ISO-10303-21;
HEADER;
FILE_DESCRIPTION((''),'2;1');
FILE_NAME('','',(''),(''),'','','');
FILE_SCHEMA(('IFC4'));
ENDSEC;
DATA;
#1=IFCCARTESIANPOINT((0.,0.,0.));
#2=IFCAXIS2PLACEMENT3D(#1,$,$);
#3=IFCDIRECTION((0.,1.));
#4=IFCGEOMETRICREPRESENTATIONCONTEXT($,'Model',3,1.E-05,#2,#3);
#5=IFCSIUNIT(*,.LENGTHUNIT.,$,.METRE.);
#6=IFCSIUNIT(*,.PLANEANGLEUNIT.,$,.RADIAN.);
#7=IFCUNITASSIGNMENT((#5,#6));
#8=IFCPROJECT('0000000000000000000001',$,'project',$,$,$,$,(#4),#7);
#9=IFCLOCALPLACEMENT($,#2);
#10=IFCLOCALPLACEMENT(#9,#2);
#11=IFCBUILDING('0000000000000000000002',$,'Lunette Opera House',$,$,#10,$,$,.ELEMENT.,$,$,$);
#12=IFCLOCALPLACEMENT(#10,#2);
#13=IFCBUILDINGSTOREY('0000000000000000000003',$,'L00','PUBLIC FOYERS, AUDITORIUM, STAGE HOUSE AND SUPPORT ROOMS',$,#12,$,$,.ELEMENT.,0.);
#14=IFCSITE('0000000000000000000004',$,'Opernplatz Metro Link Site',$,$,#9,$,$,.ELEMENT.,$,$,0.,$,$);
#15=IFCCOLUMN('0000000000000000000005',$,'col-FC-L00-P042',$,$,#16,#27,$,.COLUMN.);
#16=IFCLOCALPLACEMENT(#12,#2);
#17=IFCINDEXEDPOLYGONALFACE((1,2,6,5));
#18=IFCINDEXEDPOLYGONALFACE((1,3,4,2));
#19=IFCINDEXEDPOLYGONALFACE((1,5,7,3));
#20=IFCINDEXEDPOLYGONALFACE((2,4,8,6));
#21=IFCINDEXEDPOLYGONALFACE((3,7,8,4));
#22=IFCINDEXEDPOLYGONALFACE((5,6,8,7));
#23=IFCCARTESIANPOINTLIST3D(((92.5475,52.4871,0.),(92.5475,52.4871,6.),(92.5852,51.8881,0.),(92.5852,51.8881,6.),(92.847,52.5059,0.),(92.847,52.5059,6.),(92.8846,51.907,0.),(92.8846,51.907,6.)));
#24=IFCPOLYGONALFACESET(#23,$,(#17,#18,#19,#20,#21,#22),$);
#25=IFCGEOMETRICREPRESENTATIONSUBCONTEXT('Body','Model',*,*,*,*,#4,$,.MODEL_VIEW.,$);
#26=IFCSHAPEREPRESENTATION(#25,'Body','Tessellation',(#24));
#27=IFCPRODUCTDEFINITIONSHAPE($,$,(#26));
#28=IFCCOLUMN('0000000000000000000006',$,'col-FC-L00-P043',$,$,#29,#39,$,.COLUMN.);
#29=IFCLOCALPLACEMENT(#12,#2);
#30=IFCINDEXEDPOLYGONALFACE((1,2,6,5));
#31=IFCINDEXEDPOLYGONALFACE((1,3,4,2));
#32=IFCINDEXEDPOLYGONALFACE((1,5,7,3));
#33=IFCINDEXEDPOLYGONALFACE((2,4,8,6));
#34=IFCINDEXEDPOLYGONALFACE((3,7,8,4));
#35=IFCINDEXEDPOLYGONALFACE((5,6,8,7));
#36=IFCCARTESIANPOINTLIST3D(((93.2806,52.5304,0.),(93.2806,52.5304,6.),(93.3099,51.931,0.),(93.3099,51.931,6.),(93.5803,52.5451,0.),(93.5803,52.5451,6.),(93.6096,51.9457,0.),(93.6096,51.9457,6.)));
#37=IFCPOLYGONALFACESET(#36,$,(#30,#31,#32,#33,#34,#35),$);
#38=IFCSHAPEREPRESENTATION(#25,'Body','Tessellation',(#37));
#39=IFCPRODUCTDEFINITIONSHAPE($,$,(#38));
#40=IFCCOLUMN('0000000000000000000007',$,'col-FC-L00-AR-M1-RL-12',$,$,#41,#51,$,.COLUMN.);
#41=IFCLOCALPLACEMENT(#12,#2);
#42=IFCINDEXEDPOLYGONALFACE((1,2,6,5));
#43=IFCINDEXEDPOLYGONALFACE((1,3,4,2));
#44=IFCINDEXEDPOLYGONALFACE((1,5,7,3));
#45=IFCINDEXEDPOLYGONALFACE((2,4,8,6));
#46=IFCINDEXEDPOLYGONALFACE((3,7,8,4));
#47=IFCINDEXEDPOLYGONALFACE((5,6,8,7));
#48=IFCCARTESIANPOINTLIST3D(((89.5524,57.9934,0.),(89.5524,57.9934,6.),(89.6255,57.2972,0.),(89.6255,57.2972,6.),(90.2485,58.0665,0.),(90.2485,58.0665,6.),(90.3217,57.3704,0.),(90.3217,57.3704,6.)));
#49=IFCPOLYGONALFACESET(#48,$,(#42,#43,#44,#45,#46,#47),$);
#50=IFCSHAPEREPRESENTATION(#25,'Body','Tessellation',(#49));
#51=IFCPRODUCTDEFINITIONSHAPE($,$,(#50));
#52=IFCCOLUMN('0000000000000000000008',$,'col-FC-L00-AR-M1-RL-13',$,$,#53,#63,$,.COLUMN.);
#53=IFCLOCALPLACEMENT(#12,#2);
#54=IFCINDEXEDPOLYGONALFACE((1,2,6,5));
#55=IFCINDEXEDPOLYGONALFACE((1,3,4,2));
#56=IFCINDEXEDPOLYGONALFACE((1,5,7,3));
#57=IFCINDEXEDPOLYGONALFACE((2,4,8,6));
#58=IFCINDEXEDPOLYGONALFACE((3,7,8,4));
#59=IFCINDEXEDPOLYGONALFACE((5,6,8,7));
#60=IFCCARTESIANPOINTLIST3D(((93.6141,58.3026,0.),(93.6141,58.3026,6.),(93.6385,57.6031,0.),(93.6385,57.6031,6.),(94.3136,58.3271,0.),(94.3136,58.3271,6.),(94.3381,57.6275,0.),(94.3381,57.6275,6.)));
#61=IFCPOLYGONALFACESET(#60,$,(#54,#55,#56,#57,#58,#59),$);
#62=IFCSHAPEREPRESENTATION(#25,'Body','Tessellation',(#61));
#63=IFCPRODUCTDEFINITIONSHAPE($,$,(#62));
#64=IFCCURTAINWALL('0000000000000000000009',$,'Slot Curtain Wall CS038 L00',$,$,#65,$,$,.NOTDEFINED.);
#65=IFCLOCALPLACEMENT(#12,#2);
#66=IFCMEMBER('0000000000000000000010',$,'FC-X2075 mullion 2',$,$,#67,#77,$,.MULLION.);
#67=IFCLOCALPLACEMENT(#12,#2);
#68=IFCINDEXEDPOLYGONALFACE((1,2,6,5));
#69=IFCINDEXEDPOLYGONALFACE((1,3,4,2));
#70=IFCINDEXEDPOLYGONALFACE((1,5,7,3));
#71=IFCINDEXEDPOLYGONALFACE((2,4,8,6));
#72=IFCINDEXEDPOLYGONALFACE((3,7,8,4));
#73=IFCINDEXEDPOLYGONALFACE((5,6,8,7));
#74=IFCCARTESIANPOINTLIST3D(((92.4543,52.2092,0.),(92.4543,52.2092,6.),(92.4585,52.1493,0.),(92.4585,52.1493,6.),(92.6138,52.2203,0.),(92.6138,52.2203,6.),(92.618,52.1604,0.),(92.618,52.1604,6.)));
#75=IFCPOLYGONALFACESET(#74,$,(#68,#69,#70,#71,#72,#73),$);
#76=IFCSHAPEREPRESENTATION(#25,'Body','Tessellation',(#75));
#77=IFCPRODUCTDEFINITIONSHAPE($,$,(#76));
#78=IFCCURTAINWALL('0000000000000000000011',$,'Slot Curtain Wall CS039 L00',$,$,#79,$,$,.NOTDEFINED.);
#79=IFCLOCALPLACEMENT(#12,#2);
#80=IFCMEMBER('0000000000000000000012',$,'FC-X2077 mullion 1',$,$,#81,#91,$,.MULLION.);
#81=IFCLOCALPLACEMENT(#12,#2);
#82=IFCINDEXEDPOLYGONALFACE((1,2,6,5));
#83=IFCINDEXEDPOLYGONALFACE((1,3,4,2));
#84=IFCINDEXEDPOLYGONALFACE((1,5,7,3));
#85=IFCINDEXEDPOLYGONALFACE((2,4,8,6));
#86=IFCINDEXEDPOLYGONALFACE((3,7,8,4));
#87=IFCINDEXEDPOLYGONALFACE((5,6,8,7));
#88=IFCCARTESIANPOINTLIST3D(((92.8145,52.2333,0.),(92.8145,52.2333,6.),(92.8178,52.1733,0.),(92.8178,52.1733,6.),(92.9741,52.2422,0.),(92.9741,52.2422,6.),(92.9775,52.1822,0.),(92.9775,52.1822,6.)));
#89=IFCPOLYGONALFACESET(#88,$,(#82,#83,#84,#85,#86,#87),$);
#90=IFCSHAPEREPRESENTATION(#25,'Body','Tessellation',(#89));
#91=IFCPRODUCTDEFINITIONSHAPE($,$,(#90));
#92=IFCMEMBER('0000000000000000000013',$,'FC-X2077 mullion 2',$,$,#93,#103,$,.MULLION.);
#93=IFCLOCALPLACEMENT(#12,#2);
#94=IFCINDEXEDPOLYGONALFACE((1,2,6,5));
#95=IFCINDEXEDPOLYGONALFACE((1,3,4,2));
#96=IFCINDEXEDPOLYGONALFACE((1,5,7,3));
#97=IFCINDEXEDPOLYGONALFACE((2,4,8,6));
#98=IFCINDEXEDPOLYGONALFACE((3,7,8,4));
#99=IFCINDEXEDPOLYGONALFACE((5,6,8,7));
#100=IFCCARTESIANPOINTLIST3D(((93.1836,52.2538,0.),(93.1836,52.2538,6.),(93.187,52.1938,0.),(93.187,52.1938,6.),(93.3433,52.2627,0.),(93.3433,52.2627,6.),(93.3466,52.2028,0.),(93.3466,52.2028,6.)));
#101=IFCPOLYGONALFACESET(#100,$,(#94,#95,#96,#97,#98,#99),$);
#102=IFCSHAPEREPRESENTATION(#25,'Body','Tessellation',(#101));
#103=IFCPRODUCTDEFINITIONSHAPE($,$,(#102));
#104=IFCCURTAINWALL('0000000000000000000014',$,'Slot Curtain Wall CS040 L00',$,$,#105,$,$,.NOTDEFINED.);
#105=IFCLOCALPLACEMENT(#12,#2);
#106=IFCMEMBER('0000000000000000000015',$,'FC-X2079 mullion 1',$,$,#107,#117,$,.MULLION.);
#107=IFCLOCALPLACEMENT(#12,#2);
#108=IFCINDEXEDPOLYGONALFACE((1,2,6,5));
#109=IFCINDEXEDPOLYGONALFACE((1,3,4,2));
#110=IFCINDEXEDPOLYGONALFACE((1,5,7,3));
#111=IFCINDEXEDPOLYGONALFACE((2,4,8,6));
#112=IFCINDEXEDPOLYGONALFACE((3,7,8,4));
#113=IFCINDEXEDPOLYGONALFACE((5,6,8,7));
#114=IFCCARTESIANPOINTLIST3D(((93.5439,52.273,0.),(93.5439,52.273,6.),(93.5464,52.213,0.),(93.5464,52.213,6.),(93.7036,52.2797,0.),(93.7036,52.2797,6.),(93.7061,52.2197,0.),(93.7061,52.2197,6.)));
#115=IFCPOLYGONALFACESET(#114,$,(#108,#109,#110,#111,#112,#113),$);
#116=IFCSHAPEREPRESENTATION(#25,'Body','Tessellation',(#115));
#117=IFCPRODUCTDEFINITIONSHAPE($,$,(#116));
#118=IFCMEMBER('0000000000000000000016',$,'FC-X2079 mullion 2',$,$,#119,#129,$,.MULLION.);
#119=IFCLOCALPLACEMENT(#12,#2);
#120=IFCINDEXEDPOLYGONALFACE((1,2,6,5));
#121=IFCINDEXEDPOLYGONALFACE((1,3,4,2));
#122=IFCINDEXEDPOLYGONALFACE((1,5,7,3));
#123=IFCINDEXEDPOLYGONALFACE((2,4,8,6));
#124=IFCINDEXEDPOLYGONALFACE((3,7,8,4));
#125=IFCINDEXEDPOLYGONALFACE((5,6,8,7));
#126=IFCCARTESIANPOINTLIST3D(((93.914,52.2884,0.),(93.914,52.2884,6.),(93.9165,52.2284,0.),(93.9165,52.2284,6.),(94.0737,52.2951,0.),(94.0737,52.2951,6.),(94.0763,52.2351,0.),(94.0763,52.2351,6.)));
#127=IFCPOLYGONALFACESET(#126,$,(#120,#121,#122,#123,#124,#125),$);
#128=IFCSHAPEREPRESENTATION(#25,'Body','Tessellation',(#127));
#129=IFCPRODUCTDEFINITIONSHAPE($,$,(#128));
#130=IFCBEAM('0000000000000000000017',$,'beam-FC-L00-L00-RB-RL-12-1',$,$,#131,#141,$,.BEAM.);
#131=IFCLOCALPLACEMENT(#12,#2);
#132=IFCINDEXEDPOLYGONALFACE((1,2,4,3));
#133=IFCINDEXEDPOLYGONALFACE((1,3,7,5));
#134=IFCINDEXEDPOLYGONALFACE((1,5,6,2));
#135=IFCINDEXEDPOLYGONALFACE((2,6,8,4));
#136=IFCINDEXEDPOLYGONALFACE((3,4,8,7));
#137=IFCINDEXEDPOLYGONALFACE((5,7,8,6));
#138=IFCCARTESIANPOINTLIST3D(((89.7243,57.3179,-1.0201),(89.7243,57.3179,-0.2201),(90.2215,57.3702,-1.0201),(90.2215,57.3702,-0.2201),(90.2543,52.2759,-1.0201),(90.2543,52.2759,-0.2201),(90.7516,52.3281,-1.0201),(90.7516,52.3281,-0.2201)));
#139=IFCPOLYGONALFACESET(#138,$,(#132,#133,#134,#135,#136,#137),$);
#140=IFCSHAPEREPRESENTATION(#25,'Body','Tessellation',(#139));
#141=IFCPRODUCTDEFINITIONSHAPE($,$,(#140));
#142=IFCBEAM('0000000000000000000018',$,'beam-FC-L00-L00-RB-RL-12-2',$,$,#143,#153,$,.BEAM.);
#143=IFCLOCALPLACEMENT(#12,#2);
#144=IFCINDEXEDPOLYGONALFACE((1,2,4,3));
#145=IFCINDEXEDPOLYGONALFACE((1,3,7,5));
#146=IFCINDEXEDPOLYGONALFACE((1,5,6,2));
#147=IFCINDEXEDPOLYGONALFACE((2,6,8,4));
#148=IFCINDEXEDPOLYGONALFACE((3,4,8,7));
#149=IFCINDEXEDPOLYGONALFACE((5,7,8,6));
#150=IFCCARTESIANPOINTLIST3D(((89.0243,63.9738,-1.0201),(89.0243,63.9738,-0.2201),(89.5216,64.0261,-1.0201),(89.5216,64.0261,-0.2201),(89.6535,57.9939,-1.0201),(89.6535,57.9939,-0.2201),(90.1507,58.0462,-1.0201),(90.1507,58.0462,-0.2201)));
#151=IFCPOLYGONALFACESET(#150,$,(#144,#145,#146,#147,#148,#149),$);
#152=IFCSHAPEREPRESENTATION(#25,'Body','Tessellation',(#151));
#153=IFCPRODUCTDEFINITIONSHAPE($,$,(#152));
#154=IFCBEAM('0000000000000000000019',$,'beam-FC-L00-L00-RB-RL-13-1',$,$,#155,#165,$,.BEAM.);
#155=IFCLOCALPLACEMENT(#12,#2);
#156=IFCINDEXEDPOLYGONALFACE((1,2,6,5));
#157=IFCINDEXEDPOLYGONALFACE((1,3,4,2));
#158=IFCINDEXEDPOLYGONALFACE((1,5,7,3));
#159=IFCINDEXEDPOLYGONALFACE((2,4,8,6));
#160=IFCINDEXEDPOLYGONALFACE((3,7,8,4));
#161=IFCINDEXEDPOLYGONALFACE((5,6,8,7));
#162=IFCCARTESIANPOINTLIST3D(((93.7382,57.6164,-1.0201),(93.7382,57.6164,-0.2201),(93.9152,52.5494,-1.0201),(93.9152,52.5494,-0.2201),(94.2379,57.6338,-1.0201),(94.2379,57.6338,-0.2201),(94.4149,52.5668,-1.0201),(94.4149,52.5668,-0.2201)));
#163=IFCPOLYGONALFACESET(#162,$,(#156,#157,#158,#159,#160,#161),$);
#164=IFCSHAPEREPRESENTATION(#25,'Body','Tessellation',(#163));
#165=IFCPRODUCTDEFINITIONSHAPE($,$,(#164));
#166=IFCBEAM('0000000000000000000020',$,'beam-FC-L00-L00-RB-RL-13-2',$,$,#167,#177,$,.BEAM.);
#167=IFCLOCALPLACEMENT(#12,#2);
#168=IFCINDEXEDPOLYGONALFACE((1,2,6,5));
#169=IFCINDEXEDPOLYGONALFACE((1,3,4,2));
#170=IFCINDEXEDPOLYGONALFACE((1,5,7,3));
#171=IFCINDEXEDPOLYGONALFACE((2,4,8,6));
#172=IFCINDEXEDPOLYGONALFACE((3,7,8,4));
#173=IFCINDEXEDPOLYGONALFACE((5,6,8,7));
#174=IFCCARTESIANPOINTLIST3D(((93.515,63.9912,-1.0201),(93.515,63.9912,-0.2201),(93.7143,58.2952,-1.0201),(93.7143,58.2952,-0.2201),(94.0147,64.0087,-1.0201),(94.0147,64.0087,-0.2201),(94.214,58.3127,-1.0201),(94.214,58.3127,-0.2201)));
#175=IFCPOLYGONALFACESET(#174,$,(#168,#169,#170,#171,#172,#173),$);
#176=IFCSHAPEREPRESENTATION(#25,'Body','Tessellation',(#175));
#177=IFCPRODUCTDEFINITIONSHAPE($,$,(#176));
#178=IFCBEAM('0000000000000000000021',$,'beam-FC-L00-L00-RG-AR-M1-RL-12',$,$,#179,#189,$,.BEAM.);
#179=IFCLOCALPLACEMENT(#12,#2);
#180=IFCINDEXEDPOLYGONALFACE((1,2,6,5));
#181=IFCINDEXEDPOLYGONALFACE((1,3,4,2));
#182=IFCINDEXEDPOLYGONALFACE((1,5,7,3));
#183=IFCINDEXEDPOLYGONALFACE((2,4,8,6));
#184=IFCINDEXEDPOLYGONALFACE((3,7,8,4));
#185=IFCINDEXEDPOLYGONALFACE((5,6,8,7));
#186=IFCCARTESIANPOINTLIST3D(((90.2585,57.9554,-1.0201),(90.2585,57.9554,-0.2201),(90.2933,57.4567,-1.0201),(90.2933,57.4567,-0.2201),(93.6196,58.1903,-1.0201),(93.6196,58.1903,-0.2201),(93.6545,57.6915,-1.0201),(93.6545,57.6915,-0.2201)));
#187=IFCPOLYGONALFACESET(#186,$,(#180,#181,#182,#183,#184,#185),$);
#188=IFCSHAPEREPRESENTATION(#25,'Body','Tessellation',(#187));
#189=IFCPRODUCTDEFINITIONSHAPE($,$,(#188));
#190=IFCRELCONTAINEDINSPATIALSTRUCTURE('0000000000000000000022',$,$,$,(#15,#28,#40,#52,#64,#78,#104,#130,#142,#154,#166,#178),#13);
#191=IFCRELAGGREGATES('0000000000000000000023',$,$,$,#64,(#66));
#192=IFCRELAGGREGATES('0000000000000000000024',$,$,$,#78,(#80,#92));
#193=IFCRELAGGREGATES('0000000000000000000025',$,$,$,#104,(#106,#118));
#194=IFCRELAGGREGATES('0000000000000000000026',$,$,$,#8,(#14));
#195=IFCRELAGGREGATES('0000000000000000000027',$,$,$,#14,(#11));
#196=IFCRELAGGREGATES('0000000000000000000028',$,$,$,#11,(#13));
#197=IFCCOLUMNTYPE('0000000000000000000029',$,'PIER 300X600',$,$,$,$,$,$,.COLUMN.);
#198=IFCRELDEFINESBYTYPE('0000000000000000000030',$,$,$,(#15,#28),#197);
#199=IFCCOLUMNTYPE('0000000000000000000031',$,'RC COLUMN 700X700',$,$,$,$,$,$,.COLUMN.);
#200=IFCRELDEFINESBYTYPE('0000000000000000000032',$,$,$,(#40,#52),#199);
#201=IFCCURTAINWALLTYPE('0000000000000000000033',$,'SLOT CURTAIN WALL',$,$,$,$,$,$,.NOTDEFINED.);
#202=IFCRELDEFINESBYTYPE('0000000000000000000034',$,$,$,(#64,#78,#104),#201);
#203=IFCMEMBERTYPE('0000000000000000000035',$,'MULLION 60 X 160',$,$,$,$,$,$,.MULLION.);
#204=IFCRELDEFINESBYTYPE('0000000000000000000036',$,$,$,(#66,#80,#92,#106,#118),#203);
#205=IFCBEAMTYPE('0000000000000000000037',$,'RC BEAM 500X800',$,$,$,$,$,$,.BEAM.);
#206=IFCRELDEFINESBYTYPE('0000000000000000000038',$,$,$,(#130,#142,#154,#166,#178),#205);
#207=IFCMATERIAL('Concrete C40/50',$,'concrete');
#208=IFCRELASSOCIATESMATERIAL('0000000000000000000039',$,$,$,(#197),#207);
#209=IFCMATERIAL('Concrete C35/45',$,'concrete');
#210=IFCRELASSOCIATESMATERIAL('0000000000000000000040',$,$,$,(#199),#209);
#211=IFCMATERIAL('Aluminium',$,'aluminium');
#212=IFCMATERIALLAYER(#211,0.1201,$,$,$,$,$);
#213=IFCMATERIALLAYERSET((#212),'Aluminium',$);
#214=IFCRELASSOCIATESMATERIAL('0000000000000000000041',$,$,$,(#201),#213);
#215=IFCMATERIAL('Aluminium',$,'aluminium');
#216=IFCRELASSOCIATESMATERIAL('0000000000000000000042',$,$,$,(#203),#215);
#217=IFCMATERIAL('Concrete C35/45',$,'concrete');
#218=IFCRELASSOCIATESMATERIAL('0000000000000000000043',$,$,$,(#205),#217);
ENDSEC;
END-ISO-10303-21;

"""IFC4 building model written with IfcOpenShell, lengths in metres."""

from ifc_helpers import new_model, si_unit, direction, frame, origin, origin_2d, place, context, subcontext, project, spatial, rectangle, extrude, material, layer, layer_set, material_profile, profile_set, type_object, element, aggregate, save


model = new_model("IFC4")

# Units and contexts
model_context = context("Model", 3, precision=1e-05, world=origin(), true_north=direction((0.0, 1.0)))
body_context = subcontext(model_context, "Body", "Model", "MODEL_VIEW")
ifc_project = project(units=[si_unit("LENGTHUNIT", "METRE"), si_unit("PLANEANGLEUNIT", "RADIAN")], contexts=[model_context])

# Site, building, storey
site_placement = place(None, origin())
site = spatial("IfcSite", under=ifc_project, at=site_placement, Name="Opernplatz Metro Link Site", CompositionType="ELEMENT", RefElevation=0.0)
building_placement = place(site_placement, origin())
building = spatial("IfcBuilding", under=site, at=building_placement, Name="Lunette Opera House", CompositionType="ELEMENT")
storey_placement = place(building_placement, origin())
storey = spatial("IfcBuildingStorey", under=building, at=storey_placement, Name="L00", Description="PUBLIC FOYERS, AUDITORIUM, STAGE HOUSE AND SUPPORT ROOMS", CompositionType="ELEMENT", Elevation=0.0)

# Columns
ifc_material_1 = material(Name="Concrete C40/50", Category="concrete")
ifc_material_profile_1 = material_profile(ifc_material_1, rectangle(XDim=0.3, YDim=0.6001, at=origin_2d()), Name="PIER 300X600")
ifc_profile_set_1 = profile_set([ifc_material_profile_1], Name="Concrete C40/50")
column_type_1 = type_object("IfcColumnType", Name="PIER 300X600", PredefinedType="COLUMN", material=ifc_profile_set_1)
for number, where, z_axis, x_axis, name in (
    (1, (92.7161, 52.197, 0.0), (0.0, 0.0, 1.0), (0.998027, 0.062791, 0.0), "col-FC-L00-P042"),
    (2, (93.4451, 52.238, 0.0), (0.0, 0.0, 1.0), (0.998806, 0.04885, 0.0), "col-FC-L00-P043"),
):
    element("IfcColumn", number, at=place(storey_placement, frame(where, z_axis=z_axis, x_axis=x_axis)), inside=storey, type_object=column_type_1, Name=name, PredefinedType="COLUMN", context=body_context, shape_type="SweptSolid", body=[
        extrude(rectangle(XDim=0.3, YDim=0.6001, at=origin_2d()), origin(), (0.0, 0.0, 1.0), 6.0),
    ])
ifc_material_2 = material(Name="Concrete C35/45", Category="concrete")
ifc_material_profile_2 = material_profile(ifc_material_2, rectangle(XDim=0.7, YDim=0.7, at=origin_2d()), Name="RC COLUMN 700X700")
ifc_profile_set_2 = profile_set([ifc_material_profile_2], Name="Concrete C35/45")
column_type_2 = type_object("IfcColumnType", Name="RC COLUMN 700X700", PredefinedType="COLUMN", material=ifc_profile_set_2)
for number, where, z_axis, x_axis, name in (
    (3, (89.937, 57.6819, 0.0), (0.0, 0.0, 1.0), (0.994522, 0.104528, 0.0), "col-FC-L00-AR-M1-RL-12"),
    (4, (93.9761, 57.9651, 0.0), (0.0, 0.0, 1.0), (0.999391, 0.034899, 0.0), "col-FC-L00-AR-M1-RL-13"),
):
    element("IfcColumn", number, at=place(storey_placement, frame(where, z_axis=z_axis, x_axis=x_axis)), inside=storey, type_object=column_type_2, Name=name, PredefinedType="COLUMN", context=body_context, shape_type="SweptSolid", body=[
        extrude(rectangle(XDim=0.7, YDim=0.7, at=origin_2d()), origin(), (0.0, 0.0, 1.0), 6.0),
    ])

# Curtain wall, member
ifc_material_3 = material(Name="Aluminium", Category="aluminium")
ifc_layer_1 = layer(ifc_material_3, 0.1201)
ifc_layer_set_1 = layer_set([ifc_layer_1], Name="Aluminium")
curtain_wall_type = type_object("IfcCurtainWallType", Name="SLOT CURTAIN WALL", PredefinedType="NOTDEFINED", material=ifc_layer_set_1)
curtain_wall_1_placement = place(storey_placement, origin())
curtain_wall_1 = element("IfcCurtainWall", 5, at=curtain_wall_1_placement, inside=storey, type_object=curtain_wall_type, Name="Slot Curtain Wall CS038 L00", PredefinedType="NOTDEFINED")
ifc_material_4 = material(Name="Aluminium", Category="aluminium")
ifc_material_profile_3 = material_profile(ifc_material_4, rectangle(XDim=0.0601, YDim=0.1599, at=origin_2d()), Name="MULLION 60 X 160")
ifc_profile_set_3 = profile_set([ifc_material_profile_3], Name="Aluminium")
member_type_1 = type_object("IfcMemberType", Name="MULLION 60 X 160", PredefinedType="MULLION", material=ifc_profile_set_3)
member_1_placement = place(storey_placement, frame((92.5361, 52.1848, 0.0), z_axis=(0.0, 0.0, 1.0), x_axis=(-0.06976, 0.997564, 0.0)))
member_1 = element("IfcMember", 6, at=member_1_placement, type_object=member_type_1, Name="FC-X2075 mullion 2", PredefinedType="MULLION", context=body_context, shape_type="SweptSolid", body=[
    extrude(rectangle(XDim=0.0601, YDim=0.1599, at=origin_2d()), origin(), (0.0, 0.0, 1.0), 6.0),
])

# Curtain walls, members
curtain_wall_2_placement = place(storey_placement, origin())
curtain_wall_2 = element("IfcCurtainWall", 7, at=curtain_wall_2_placement, inside=storey, type_object=curtain_wall_type, Name="Slot Curtain Wall CS039 L00", PredefinedType="NOTDEFINED")
member_2_placement = place(storey_placement, frame((92.896, 52.2078, 0.0), z_axis=(0.0, 0.0, 1.0), x_axis=(-0.055857, 0.998439, 0.0)))
member_2 = element("IfcMember", 8, at=member_2_placement, type_object=member_type_1, Name="FC-X2077 mullion 1", PredefinedType="MULLION", context=body_context, shape_type="SweptSolid", body=[
    extrude(rectangle(XDim=0.0601, YDim=0.1599, at=origin_2d()), origin(), (0.0, 0.0, 1.0), 6.0),
])
member_3_placement = place(storey_placement, frame((93.2651, 52.2283, 0.0), z_axis=(0.0, 0.0, 1.0), x_axis=(-0.055857, 0.998439, 0.0)))
member_3 = element("IfcMember", 9, at=member_3_placement, type_object=member_type_1, Name="FC-X2077 mullion 2", PredefinedType="MULLION", context=body_context, shape_type="SweptSolid", body=[
    extrude(rectangle(XDim=0.0601, YDim=0.1599, at=origin_2d()), origin(), (0.0, 0.0, 1.0), 6.0),
])
curtain_wall_3_placement = place(storey_placement, origin())
curtain_wall_3 = element("IfcCurtainWall", 10, at=curtain_wall_3_placement, inside=storey, type_object=curtain_wall_type, Name="Slot Curtain Wall CS040 L00", PredefinedType="NOTDEFINED")
member_4_placement = place(storey_placement, frame((93.625, 52.2463, 0.0), z_axis=(0.0, 0.0, 1.0), x_axis=(-0.041824, 0.999125, 0.0)))
member_4 = element("IfcMember", 11, at=member_4_placement, type_object=member_type_1, Name="FC-X2079 mullion 1", PredefinedType="MULLION", context=body_context, shape_type="SweptSolid", body=[
    extrude(rectangle(XDim=0.0601, YDim=0.1599, at=origin_2d()), origin(), (0.0, 0.0, 1.0), 6.0),
])
member_5_placement = place(storey_placement, frame((93.9951, 52.2617, 0.0), z_axis=(0.0, 0.0, 1.0), x_axis=(-0.041824, 0.999125, 0.0)))
member_5 = element("IfcMember", 12, at=member_5_placement, type_object=member_type_1, Name="FC-X2079 mullion 2", PredefinedType="MULLION", context=body_context, shape_type="SweptSolid", body=[
    extrude(rectangle(XDim=0.0601, YDim=0.1599, at=origin_2d()), origin(), (0.0, 0.0, 1.0), 6.0),
])

# Beams
ifc_material_5 = material(Name="Concrete C35/45", Category="concrete")
ifc_material_profile_4 = material_profile(ifc_material_5, rectangle(XDim=0.5, YDim=0.8, at=origin_2d()), Name="RC BEAM 500X800")
ifc_profile_set_4 = profile_set([ifc_material_profile_4], Name="Concrete C35/45")
beam_type = type_object("IfcBeamType", Name="RC BEAM 500X800", PredefinedType="BEAM", material=ifc_profile_set_4)
beam_1_placement = place(storey_placement, frame((90.5029, 52.302, -0.6201), z_axis=(-0.104547, 0.99452, 0.0), x_axis=(-0.99452, -0.104547, 0.0)))
element("IfcBeam", 13, at=beam_1_placement, inside=storey, type_object=beam_type, Name="beam-FC-L00-L00-RB-RL-12-1", PredefinedType="BEAM", context=body_context, shape_type="SweptSolid", body=[
    extrude(rectangle(XDim=0.5, YDim=0.8, at=origin_2d()), origin(), (0.0, 0.0, 1.0), 5.0698),
])
beam_2_placement = place(storey_placement, frame((89.9021, 58.02, -0.6201), z_axis=(-0.104632, 0.994511, 0.0), x_axis=(-0.994511, -0.104632, 0.0)))
element("IfcBeam", 14, at=beam_2_placement, inside=storey, type_object=beam_type, Name="beam-FC-L00-L00-RB-RL-12-2", PredefinedType="BEAM", context=body_context, shape_type="SweptSolid", body=[
    extrude(rectangle(XDim=0.5, YDim=0.8, at=origin_2d()), origin(), (0.0, 0.0, 1.0), 6.0129),
])
beam_3_placement = place(storey_placement, frame((94.165, 52.5581, -0.6201), z_axis=(-0.034912, 0.99939, 0.0), x_axis=(-0.99939, -0.034912, 0.0)))
element("IfcBeam", 15, at=beam_3_placement, inside=storey, type_object=beam_type, Name="beam-FC-L00-L00-RB-RL-13-1", PredefinedType="BEAM", context=body_context, shape_type="SweptSolid", body=[
    extrude(rectangle(XDim=0.5, YDim=0.8, at=origin_2d()), origin(), (0.0, 0.0, 1.0), 5.0701),
])
beam_4_placement = place(storey_placement, frame((93.9641, 58.304, -0.6201), z_axis=(-0.034954, 0.999389, 0.0), x_axis=(-0.999389, -0.034954, 0.0)))
element("IfcBeam", 16, at=beam_4_placement, inside=storey, type_object=beam_type, Name="beam-FC-L00-L00-RB-RL-13-2", PredefinedType="BEAM", context=body_context, shape_type="SweptSolid", body=[
    extrude(rectangle(XDim=0.5, YDim=0.8, at=origin_2d()), origin(), (0.0, 0.0, 1.0), 5.6995),
])
beam_5_placement = place(storey_placement, frame((90.2759, 57.7061, -0.6201), z_axis=(0.997567, 0.069707, 0.0), x_axis=(-0.069707, 0.997567, 0.0)))
element("IfcBeam", 17, at=beam_5_placement, inside=storey, type_object=beam_type, Name="beam-FC-L00-L00-RG-AR-M1-RL-12", PredefinedType="BEAM", context=body_context, shape_type="SweptSolid", body=[
    extrude(rectangle(XDim=0.5, YDim=0.8, at=origin_2d()), origin(), (0.0, 0.0, 1.0), 3.3694),
])

aggregate(curtain_wall_1, [member_1])
aggregate(curtain_wall_2, [member_2, member_3])
aggregate(curtain_wall_3, [member_4, member_5])

save(model, "model.ifc")
